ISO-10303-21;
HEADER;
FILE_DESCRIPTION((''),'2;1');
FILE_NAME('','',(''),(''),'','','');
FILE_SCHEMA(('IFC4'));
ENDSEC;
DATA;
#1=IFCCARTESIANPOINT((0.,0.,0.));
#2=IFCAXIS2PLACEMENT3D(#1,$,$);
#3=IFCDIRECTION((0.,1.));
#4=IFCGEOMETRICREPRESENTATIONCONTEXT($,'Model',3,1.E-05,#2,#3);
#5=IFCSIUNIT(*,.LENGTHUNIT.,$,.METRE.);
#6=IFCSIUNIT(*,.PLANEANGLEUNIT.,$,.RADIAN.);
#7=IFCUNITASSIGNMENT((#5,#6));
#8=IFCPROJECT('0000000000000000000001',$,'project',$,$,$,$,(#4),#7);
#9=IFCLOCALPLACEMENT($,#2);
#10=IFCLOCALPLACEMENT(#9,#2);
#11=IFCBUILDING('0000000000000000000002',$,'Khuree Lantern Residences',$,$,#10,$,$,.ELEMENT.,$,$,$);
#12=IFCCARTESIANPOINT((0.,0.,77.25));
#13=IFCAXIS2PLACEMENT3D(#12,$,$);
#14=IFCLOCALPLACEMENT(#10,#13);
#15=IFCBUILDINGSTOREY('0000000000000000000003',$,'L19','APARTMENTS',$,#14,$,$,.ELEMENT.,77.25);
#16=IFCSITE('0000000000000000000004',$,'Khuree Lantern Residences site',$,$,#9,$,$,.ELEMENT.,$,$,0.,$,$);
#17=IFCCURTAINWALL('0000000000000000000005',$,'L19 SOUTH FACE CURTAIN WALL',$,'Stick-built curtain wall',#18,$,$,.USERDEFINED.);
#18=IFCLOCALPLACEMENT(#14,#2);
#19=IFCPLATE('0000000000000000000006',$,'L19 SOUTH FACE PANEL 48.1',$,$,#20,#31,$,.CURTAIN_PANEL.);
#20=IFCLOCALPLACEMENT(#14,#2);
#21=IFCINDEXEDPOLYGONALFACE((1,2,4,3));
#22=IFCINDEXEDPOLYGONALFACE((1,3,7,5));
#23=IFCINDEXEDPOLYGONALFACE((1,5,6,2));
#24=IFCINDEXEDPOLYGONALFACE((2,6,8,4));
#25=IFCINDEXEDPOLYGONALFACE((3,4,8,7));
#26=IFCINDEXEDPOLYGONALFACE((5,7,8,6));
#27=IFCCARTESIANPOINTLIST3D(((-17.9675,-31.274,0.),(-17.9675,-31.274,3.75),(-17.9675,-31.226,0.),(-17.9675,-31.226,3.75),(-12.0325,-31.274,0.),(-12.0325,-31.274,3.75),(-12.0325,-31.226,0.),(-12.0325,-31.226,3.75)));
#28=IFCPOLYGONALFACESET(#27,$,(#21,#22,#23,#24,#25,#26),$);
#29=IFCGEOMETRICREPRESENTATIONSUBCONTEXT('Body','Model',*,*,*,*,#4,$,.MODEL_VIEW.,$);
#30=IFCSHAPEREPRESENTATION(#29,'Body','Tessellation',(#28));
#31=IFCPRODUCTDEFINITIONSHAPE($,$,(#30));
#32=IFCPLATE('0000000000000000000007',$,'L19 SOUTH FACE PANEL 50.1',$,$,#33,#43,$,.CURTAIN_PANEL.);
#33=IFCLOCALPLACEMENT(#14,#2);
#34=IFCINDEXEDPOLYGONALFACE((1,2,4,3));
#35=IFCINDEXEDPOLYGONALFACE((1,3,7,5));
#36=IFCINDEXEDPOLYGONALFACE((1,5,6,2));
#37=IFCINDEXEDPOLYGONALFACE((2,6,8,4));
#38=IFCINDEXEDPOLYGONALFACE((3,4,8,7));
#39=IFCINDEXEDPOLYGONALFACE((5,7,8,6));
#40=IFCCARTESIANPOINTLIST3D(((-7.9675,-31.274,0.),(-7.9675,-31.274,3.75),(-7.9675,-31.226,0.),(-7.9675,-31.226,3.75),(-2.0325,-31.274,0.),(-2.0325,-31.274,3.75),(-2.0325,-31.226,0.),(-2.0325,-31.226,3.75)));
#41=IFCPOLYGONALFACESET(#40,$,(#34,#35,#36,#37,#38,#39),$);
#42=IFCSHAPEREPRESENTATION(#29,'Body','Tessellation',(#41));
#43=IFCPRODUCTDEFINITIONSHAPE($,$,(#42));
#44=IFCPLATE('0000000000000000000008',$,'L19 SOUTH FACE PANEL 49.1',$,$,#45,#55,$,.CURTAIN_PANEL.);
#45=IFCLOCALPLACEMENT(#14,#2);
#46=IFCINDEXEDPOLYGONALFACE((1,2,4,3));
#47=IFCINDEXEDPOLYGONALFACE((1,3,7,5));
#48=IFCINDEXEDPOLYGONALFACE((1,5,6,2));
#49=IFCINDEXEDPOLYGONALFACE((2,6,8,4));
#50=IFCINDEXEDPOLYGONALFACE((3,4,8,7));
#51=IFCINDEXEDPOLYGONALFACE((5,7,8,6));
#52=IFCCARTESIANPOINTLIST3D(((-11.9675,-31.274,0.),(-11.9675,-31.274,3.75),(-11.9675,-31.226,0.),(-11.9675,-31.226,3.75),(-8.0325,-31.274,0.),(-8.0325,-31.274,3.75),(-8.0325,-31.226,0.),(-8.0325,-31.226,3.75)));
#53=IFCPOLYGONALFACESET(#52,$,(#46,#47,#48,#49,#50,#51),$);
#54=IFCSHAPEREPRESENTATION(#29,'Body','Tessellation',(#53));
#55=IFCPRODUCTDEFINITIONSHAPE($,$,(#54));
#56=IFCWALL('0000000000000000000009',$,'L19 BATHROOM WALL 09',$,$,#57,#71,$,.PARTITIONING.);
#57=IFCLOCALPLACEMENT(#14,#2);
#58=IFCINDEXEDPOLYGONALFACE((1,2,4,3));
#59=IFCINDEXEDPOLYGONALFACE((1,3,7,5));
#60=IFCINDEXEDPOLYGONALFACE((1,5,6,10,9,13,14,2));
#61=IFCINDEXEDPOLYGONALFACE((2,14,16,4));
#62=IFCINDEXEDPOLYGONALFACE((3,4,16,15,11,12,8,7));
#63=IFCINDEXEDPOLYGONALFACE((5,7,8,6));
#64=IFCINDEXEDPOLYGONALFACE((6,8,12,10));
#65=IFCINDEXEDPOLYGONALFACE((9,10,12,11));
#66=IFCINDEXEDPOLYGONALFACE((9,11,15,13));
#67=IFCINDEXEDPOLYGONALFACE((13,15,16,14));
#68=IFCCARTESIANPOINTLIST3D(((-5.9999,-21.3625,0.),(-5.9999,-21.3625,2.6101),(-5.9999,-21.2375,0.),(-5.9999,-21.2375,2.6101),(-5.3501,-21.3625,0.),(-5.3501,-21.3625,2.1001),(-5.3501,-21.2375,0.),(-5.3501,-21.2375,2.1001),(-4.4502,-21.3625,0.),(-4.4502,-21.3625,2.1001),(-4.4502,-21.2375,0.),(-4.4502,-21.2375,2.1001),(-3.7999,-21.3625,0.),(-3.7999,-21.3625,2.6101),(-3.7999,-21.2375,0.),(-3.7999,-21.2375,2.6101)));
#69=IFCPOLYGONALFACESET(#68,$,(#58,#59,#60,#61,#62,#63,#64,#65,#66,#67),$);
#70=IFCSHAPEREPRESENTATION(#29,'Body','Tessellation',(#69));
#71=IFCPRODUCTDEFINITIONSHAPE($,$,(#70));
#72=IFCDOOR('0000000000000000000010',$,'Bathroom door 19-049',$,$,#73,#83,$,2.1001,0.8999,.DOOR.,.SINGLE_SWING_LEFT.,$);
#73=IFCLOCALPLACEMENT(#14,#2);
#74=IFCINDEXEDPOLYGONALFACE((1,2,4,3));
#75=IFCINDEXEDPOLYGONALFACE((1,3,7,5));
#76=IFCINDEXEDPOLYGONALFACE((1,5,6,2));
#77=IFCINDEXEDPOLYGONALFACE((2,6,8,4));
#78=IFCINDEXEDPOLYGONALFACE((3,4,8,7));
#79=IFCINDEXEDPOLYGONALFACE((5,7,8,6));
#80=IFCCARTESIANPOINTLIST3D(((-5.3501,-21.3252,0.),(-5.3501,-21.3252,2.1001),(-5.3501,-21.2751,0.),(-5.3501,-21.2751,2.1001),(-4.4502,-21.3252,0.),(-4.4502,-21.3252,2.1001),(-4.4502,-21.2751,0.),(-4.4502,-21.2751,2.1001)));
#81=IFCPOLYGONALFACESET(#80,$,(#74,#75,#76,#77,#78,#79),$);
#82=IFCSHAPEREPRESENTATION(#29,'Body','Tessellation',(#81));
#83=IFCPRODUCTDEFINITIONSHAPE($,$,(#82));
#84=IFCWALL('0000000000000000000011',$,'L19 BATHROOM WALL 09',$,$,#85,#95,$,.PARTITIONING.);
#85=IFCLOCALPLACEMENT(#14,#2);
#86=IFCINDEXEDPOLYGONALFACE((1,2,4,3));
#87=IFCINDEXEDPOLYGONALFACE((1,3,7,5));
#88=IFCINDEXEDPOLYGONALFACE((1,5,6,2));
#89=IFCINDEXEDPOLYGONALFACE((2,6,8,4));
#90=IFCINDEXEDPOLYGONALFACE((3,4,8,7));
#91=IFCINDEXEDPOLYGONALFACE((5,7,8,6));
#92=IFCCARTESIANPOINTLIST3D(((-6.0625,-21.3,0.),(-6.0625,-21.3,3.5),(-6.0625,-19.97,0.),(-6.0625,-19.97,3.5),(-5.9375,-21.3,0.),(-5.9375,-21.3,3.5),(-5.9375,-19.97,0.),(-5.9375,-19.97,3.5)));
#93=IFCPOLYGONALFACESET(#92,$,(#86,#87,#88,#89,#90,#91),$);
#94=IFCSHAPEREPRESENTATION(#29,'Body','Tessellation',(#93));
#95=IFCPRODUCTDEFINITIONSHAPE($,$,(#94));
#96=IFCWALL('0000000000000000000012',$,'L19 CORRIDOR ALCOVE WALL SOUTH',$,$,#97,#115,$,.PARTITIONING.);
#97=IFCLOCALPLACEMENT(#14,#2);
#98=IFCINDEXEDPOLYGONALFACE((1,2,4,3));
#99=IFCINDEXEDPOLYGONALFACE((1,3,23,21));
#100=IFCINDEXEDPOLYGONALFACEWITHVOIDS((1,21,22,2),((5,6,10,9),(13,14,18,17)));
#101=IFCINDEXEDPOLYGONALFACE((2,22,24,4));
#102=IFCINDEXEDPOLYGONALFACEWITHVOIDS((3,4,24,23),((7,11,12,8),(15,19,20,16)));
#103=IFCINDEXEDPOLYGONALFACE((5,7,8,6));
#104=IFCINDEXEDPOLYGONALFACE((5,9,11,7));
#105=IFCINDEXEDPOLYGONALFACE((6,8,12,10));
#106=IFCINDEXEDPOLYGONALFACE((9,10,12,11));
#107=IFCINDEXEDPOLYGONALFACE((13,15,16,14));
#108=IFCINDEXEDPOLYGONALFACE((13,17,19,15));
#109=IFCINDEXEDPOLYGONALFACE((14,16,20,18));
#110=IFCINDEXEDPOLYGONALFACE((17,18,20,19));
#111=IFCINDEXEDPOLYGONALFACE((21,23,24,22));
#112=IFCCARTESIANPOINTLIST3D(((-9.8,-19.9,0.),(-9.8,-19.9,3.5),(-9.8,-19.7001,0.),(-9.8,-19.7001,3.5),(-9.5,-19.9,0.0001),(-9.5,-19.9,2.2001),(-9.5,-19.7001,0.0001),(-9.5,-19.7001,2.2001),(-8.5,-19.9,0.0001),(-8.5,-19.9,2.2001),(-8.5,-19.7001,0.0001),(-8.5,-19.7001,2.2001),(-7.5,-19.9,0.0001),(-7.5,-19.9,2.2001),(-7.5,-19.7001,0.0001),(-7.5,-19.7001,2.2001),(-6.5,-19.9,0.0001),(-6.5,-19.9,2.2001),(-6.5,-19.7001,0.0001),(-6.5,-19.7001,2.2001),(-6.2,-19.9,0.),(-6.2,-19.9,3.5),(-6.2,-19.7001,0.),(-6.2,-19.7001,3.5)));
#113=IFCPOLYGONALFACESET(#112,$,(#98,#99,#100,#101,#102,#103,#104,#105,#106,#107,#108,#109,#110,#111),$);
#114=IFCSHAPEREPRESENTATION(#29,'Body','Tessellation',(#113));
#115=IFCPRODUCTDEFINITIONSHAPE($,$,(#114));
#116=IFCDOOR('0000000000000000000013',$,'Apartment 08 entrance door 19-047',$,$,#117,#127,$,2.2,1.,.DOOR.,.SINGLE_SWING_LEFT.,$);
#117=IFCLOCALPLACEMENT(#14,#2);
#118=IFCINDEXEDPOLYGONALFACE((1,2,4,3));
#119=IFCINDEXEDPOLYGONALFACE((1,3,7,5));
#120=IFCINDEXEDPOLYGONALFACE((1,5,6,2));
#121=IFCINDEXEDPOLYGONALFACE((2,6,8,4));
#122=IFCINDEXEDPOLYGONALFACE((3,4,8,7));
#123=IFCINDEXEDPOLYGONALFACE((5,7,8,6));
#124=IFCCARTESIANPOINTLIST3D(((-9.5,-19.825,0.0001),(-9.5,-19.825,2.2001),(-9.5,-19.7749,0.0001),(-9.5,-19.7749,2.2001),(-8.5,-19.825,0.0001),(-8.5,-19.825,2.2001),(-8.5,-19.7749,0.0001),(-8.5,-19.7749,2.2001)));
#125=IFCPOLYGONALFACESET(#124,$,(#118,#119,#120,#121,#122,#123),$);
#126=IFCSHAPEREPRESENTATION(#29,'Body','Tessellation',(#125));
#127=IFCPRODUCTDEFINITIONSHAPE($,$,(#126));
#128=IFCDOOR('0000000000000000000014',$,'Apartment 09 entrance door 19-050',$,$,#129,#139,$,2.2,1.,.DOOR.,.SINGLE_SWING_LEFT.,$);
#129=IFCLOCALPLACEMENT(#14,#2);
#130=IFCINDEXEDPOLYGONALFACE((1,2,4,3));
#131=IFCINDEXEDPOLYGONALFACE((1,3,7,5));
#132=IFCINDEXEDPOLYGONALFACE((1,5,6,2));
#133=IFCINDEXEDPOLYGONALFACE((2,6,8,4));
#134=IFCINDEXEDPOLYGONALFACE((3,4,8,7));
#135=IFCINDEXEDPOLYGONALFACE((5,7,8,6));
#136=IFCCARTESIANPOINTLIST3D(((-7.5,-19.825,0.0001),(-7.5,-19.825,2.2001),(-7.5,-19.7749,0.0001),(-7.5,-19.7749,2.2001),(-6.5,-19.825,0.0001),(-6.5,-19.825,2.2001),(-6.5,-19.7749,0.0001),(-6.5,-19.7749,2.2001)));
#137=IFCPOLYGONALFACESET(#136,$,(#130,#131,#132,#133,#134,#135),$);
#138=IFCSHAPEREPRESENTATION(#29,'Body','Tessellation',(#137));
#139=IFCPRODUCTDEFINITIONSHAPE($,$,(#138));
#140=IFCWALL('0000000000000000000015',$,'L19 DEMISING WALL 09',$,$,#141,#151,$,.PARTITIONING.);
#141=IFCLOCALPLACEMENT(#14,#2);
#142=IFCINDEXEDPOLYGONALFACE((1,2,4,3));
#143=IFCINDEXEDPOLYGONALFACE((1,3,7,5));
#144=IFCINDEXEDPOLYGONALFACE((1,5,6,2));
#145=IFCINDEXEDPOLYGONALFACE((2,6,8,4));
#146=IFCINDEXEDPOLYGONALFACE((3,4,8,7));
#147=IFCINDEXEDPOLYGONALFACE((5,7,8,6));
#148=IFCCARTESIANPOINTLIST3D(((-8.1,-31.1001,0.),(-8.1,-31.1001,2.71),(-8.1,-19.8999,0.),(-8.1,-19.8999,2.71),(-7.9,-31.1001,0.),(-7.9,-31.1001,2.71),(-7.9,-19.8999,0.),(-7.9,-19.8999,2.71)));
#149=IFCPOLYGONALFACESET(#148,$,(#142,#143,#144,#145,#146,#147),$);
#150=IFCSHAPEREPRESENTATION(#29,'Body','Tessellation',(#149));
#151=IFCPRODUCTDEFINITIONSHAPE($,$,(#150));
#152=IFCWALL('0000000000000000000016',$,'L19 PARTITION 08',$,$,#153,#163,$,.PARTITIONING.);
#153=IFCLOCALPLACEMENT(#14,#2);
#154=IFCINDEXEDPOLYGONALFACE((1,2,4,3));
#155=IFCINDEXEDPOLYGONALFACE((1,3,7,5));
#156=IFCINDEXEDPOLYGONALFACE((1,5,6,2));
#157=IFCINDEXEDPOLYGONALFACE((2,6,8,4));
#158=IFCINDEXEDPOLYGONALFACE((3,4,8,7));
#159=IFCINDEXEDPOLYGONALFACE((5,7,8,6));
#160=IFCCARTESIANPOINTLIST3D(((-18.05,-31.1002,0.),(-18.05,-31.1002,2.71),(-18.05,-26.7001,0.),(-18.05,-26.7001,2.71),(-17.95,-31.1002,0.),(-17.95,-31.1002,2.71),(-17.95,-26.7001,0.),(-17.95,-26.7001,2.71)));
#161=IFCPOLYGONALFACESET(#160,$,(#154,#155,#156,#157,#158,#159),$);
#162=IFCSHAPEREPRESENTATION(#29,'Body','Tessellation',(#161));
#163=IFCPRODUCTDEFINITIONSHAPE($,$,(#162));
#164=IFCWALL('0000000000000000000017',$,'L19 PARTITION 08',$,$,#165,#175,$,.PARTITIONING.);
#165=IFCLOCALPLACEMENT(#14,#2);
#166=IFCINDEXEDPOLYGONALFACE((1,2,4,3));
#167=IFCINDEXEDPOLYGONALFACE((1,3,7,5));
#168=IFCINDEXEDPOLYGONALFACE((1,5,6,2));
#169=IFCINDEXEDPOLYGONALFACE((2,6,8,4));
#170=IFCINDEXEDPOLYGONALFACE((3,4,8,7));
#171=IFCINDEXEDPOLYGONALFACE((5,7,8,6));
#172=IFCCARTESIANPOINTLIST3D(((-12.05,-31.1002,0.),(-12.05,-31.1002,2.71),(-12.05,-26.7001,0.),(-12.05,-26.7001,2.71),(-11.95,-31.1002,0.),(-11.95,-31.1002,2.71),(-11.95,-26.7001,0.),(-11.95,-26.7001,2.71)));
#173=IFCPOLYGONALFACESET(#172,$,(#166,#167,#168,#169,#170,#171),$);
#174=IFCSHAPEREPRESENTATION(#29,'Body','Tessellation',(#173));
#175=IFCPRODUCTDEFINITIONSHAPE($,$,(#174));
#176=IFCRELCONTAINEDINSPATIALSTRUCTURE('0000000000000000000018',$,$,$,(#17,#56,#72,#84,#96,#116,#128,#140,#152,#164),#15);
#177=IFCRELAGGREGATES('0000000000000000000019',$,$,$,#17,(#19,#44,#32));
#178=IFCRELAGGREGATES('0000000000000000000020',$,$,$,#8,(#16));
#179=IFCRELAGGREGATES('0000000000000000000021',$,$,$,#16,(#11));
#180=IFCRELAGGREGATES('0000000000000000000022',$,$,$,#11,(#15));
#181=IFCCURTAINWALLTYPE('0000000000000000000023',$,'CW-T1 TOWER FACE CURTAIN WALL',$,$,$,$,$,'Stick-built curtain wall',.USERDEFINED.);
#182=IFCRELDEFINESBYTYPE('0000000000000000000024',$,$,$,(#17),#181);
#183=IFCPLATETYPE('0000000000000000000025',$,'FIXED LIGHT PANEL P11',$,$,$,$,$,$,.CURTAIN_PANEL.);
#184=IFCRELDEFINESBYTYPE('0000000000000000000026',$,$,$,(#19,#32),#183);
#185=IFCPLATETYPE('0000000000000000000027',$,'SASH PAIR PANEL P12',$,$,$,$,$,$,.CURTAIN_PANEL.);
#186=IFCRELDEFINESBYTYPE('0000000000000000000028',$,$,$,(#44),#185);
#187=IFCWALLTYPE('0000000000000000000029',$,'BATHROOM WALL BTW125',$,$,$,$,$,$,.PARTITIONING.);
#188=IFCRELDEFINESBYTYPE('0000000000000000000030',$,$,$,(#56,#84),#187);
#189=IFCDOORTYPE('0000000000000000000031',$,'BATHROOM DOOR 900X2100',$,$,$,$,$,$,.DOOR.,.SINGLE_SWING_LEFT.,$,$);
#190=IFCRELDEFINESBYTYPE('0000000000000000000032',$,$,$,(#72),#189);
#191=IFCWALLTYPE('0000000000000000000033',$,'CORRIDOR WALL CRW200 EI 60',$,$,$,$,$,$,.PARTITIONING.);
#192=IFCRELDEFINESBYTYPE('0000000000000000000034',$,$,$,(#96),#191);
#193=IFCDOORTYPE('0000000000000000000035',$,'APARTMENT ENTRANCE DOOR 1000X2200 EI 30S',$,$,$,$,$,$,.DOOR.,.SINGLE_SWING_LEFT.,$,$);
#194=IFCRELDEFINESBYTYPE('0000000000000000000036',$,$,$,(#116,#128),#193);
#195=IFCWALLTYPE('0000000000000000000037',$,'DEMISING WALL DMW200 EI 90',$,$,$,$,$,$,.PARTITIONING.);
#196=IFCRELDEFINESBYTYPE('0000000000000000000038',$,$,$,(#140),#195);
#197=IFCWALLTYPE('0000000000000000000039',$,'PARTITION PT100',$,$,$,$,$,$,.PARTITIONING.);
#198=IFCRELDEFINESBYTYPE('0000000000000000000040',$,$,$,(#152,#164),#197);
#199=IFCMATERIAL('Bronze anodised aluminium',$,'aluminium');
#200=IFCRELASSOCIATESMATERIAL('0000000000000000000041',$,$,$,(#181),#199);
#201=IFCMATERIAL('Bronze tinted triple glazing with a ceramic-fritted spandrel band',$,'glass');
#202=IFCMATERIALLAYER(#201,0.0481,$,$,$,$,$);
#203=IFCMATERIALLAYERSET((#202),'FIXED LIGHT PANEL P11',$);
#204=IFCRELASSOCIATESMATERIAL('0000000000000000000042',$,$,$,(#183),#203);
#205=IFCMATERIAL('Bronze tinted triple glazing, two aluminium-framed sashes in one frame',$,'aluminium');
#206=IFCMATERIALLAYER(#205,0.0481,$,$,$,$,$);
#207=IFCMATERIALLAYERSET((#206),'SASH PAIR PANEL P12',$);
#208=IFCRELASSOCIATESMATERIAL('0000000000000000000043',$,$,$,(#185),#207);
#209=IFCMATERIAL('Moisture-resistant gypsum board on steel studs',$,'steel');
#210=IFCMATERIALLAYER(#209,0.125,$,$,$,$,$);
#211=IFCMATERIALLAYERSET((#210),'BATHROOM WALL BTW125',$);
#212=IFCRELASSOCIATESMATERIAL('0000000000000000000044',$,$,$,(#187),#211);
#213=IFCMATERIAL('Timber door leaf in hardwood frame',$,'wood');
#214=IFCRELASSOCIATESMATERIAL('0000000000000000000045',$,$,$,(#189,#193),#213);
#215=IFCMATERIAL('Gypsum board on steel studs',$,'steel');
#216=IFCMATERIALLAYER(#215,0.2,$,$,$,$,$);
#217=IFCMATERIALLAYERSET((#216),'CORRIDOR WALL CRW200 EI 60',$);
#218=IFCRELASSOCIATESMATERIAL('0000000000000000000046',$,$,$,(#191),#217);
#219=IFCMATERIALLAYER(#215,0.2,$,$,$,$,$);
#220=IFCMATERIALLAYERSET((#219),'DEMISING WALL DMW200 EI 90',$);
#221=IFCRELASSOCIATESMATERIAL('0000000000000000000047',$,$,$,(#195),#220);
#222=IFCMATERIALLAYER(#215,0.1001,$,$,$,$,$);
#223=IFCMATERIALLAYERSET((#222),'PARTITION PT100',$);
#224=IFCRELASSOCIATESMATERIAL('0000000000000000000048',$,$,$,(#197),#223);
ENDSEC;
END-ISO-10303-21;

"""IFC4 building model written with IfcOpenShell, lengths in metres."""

from ifc_helpers import new_model, si_unit, direction, frame, frame_2d, origin, origin_2d, place, context, subcontext, project, spatial, rectangle, extrude, material, layer, layer_set, type_object, element, fill, aggregate, save


model = new_model("IFC4")

# Units and contexts
model_context = context("Model", 3, precision=1e-05, world=origin(), true_north=direction((0.0, 1.0)))
body_context = subcontext(model_context, "Body", "Model", "MODEL_VIEW")
ifc_project = project(units=[si_unit("LENGTHUNIT", "METRE"), si_unit("PLANEANGLEUNIT", "RADIAN")], contexts=[model_context])

# Site, building, storey
site_placement = place(None, origin())
site = spatial("IfcSite", under=ifc_project, at=site_placement, Name="Khuree Lantern Residences site", CompositionType="ELEMENT", RefElevation=0.0)
building_placement = place(site_placement, origin())
building = spatial("IfcBuilding", under=site, at=building_placement, Name="Khuree Lantern Residences", CompositionType="ELEMENT")
storey_placement = place(building_placement, frame((0.0, 0.0, 77.25)))
storey = spatial("IfcBuildingStorey", under=building, at=storey_placement, Name="L19", Description="APARTMENTS", CompositionType="ELEMENT", Elevation=77.25)

# Curtain wall
ifc_material_1 = material(Name="Bronze anodised aluminium", Category="aluminium")
curtain_wall_type = type_object("IfcCurtainWallType", Name="CW-T1 TOWER FACE CURTAIN WALL", ElementType="Stick-built curtain wall", PredefinedType="USERDEFINED", material=ifc_material_1)
curtain_wall_placement = place(storey_placement, origin())
curtain_wall = element("IfcCurtainWall", 1, at=curtain_wall_placement, inside=storey, type_object=curtain_wall_type, Name="L19 SOUTH FACE CURTAIN WALL", ObjectType="Stick-built curtain wall", PredefinedType="USERDEFINED")

# Plates
ifc_material_2 = material(Name="Bronze tinted triple glazing with a ceramic-fritted spandrel band", Category="glass")
ifc_layer_1 = layer(ifc_material_2, 0.0481)
ifc_layer_set_1 = layer_set([ifc_layer_1], Name="FIXED LIGHT PANEL P11")
plate_type_1 = type_object("IfcPlateType", Name="FIXED LIGHT PANEL P11", PredefinedType="CURTAIN_PANEL", material=ifc_layer_set_1)
plate_1_placement = place(storey_placement, frame((-15.0, -31.25, 0.0), z_axis=(0.0, 0.0, 1.0), x_axis=(1.0, 0.0, 0.0)))
plate_1 = element("IfcPlate", 2, at=plate_1_placement, type_object=plate_type_1, Name="L19 SOUTH FACE PANEL 48.1", PredefinedType="CURTAIN_PANEL", context=body_context, shape_type="SweptSolid", body=[
    extrude(rectangle(XDim=5.9351, YDim=0.0481, at=origin_2d()), origin(), (0.0, 0.0, 1.0), 3.75),
])
plate_2_placement = place(storey_placement, frame((-5.0, -31.25, 0.0), z_axis=(0.0, 0.0, 1.0), x_axis=(1.0, 0.0, 0.0)))
plate_2 = element("IfcPlate", 3, at=plate_2_placement, type_object=plate_type_1, Name="L19 SOUTH FACE PANEL 50.1", PredefinedType="CURTAIN_PANEL", context=body_context, shape_type="SweptSolid", body=[
    extrude(rectangle(XDim=5.9351, YDim=0.0481, at=origin_2d()), origin(), (0.0, 0.0, 1.0), 3.75),
])
ifc_material_3 = material(Name="Bronze tinted triple glazing, two aluminium-framed sashes in one frame", Category="aluminium")
ifc_layer_2 = layer(ifc_material_3, 0.0481)
ifc_layer_set_2 = layer_set([ifc_layer_2], Name="SASH PAIR PANEL P12")
plate_type_2 = type_object("IfcPlateType", Name="SASH PAIR PANEL P12", PredefinedType="CURTAIN_PANEL", material=ifc_layer_set_2)
plate_3_placement = place(storey_placement, frame((-10.0, -31.25, 0.0), z_axis=(0.0, 0.0, 1.0), x_axis=(1.0, 0.0, 0.0)))
plate_3 = element("IfcPlate", 4, at=plate_3_placement, type_object=plate_type_2, Name="L19 SOUTH FACE PANEL 49.1", PredefinedType="CURTAIN_PANEL", context=body_context, shape_type="SweptSolid", body=[
    extrude(rectangle(XDim=3.9351, YDim=0.0481, at=origin_2d()), origin(), (0.0, 0.0, 1.0), 3.75),
])
aggregate(curtain_wall, [plate_1, plate_3, plate_2])

# Wall, opening, door
ifc_material_4 = material(Name="Moisture-resistant gypsum board on steel studs", Category="steel")
ifc_layer_3 = layer(ifc_material_4, 0.125)
ifc_layer_set_3 = layer_set([ifc_layer_3], Name="BATHROOM WALL BTW125")
wall_type_1 = type_object("IfcWallType", Name="BATHROOM WALL BTW125", PredefinedType="PARTITIONING", material=ifc_layer_set_3)
wall_1_placement = place(storey_placement, frame((-6.0, -21.3, 0.0), z_axis=(0.0, 0.0, 1.0), x_axis=(1.0, 0.0, 0.0)))
wall_1 = element("IfcWall", 5, at=wall_1_placement, inside=storey, type_object=wall_type_1, Name="L19 BATHROOM WALL 09", PredefinedType="PARTITIONING", context=body_context, shape_type="SweptSolid", body=[
    extrude(rectangle(XDim=2.2, YDim=0.125, at=frame_2d((1.1001, 0.0))), origin(), (0.0, 0.0, 1.0), 2.6101),
])
opening_1_placement = place(wall_1_placement, frame((0.6499, 0.0, 0.0)))
opening_1 = element("IfcOpeningElement", 6, at=opening_1_placement, cuts=wall_1, PredefinedType="OPENING", context=body_context, shape_type="SweptSolid", body=[
    extrude(rectangle(XDim=0.8999, YDim=2.1001, at=frame_2d((0.45, 1.05))), frame((0.0, 0.0725, 0.0), z_axis=(0.0, -1.0, 0.0), x_axis=(1.0, 0.0, 0.0)), (0.0, 0.0, 1.0), 0.145),
])
ifc_material_5 = material(Name="Timber door leaf in hardwood frame", Category="wood")
door_type_1 = type_object("IfcDoorType", Name="BATHROOM DOOR 900X2100", OperationType="SINGLE_SWING_LEFT", PredefinedType="DOOR", material=ifc_material_5)
door_1_placement = place(opening_1_placement, origin())
door_1 = element("IfcDoor", 7, at=door_1_placement, inside=storey, type_object=door_type_1, Name="Bathroom door 19-049", OperationType="SINGLE_SWING_LEFT", OverallHeight=2.1001, OverallWidth=0.8999, PredefinedType="DOOR", context=body_context, shape_type="SweptSolid", body=[
    extrude(rectangle(XDim=0.8999, YDim=2.1001, at=frame_2d((0.45, 1.05))), frame((0.0, 0.0249, 0.0), z_axis=(0.0, -1.0, 0.0), x_axis=(1.0, 0.0, 0.0)), (0.0, 0.0, 1.0), 0.05),
])
fill(opening_1, door_1)

# Wall
wall_2_placement = place(storey_placement, frame((-6.0, -19.97, 0.0), z_axis=(0.0, 0.0, 1.0), x_axis=(0.0, -1.0, 0.0)))
element("IfcWall", 8, at=wall_2_placement, inside=storey, type_object=wall_type_1, Name="L19 BATHROOM WALL 09", PredefinedType="PARTITIONING", context=body_context, shape_type="SweptSolid", body=[
    extrude(rectangle(XDim=1.3301, YDim=0.125, at=frame_2d((0.665, 0.0))), origin(), (0.0, 0.0, 1.0), 3.5),
])

# Wall, openings, doors
ifc_material_6 = material(Name="Gypsum board on steel studs", Category="steel")
ifc_layer_4 = layer(ifc_material_6, 0.2)
ifc_layer_set_4 = layer_set([ifc_layer_4], Name="CORRIDOR WALL CRW200 EI 60")
wall_type_2 = type_object("IfcWallType", Name="CORRIDOR WALL CRW200 EI 60", PredefinedType="PARTITIONING", material=ifc_layer_set_4)
wall_3_placement = place(storey_placement, frame((-6.2, -19.8, 0.0), z_axis=(0.0, 0.0, 1.0), x_axis=(-1.0, 0.0, 0.0)))
wall_3 = element("IfcWall", 9, at=wall_3_placement, inside=storey, type_object=wall_type_2, Name="L19 CORRIDOR ALCOVE WALL SOUTH", PredefinedType="PARTITIONING", context=body_context, shape_type="SweptSolid", body=[
    extrude(rectangle(XDim=3.6001, YDim=0.2, at=frame_2d((1.8, 0.0))), origin(), (0.0, 0.0, 1.0), 3.5),
])
opening_2_placement = place(wall_3_placement, frame((2.3, 0.0, 0.0)))
opening_2 = element("IfcOpeningElement", 10, at=opening_2_placement, cuts=wall_3, PredefinedType="OPENING", context=body_context, shape_type="SweptSolid", body=[
    extrude(rectangle(XDim=1.0, YDim=2.2, at=frame_2d((0.5, 1.1001))), frame((0.0, 0.1099, 0.0), z_axis=(0.0, -1.0, 0.0), x_axis=(1.0, 0.0, 0.0)), (0.0, 0.0, 1.0), 0.22),
])
opening_3_placement = place(wall_3_placement, frame((0.3, 0.0, 0.0)))
opening_3 = element("IfcOpeningElement", 11, at=opening_3_placement, cuts=wall_3, PredefinedType="OPENING", context=body_context, shape_type="SweptSolid", body=[
    extrude(rectangle(XDim=1.0, YDim=2.2, at=frame_2d((0.5, 1.1001))), frame((0.0, 0.1099, 0.0), z_axis=(0.0, -1.0, 0.0), x_axis=(1.0, 0.0, 0.0)), (0.0, 0.0, 1.0), 0.22),
])
door_type_2 = type_object("IfcDoorType", Name="APARTMENT ENTRANCE DOOR 1000X2200 EI 30S", OperationType="SINGLE_SWING_LEFT", PredefinedType="DOOR", material=ifc_material_5)
door_2_placement = place(opening_2_placement, origin())
door_2 = element("IfcDoor", 12, at=door_2_placement, inside=storey, type_object=door_type_2, Name="Apartment 08 entrance door 19-047", OperationType="SINGLE_SWING_LEFT", OverallHeight=2.2, OverallWidth=1.0, PredefinedType="DOOR", context=body_context, shape_type="SweptSolid", body=[
    extrude(rectangle(XDim=1.0, YDim=2.2, at=frame_2d((0.5, 1.1001))), frame((0.0, 0.0249, 0.0), z_axis=(0.0, -1.0, 0.0), x_axis=(1.0, 0.0, 0.0)), (0.0, 0.0, 1.0), 0.05),
])
fill(opening_2, door_2)
door_3_placement = place(opening_3_placement, origin())
door_3 = element("IfcDoor", 13, at=door_3_placement, inside=storey, type_object=door_type_2, Name="Apartment 09 entrance door 19-050", OperationType="SINGLE_SWING_LEFT", OverallHeight=2.2, OverallWidth=1.0, PredefinedType="DOOR", context=body_context, shape_type="SweptSolid", body=[
    extrude(rectangle(XDim=1.0, YDim=2.2, at=frame_2d((0.5, 1.1001))), frame((0.0, 0.0249, 0.0), z_axis=(0.0, -1.0, 0.0), x_axis=(1.0, 0.0, 0.0)), (0.0, 0.0, 1.0), 0.05),
])
fill(opening_3, door_3)

# Walls
ifc_layer_5 = layer(ifc_material_6, 0.2)
ifc_layer_set_5 = layer_set([ifc_layer_5], Name="DEMISING WALL DMW200 EI 90")
wall_type_3 = type_object("IfcWallType", Name="DEMISING WALL DMW200 EI 90", PredefinedType="PARTITIONING", material=ifc_layer_set_5)
wall_4_placement = place(storey_placement, frame((-8.0, -19.8999, 0.0), z_axis=(0.0, 0.0, 1.0), x_axis=(0.0, -1.0, 0.0)))
element("IfcWall", 14, at=wall_4_placement, inside=storey, type_object=wall_type_3, Name="L19 DEMISING WALL 09", PredefinedType="PARTITIONING", context=body_context, shape_type="SweptSolid", body=[
    extrude(rectangle(XDim=11.2002, YDim=0.2, at=frame_2d((5.6001, 0.0))), origin(), (0.0, 0.0, 1.0), 2.71),
])
ifc_layer_6 = layer(ifc_material_6, 0.1001)
ifc_layer_set_6 = layer_set([ifc_layer_6], Name="PARTITION PT100")
wall_type_4 = type_object("IfcWallType", Name="PARTITION PT100", PredefinedType="PARTITIONING", material=ifc_layer_set_6)
for number, where, z_axis, x_axis, name in (
    (15, (-18.0, -26.7, 0.0), (0.0, 0.0, 1.0), (0.0, -1.0, 0.0), "L19 PARTITION 08"),
    (16, (-12.0, -26.7, 0.0), (0.0, 0.0, 1.0), (0.0, -1.0, 0.0), "L19 PARTITION 08"),
):
    element("IfcWall", number, at=place(storey_placement, frame(where, z_axis=z_axis, x_axis=x_axis)), inside=storey, type_object=wall_type_4, Name=name, PredefinedType="PARTITIONING", context=body_context, shape_type="SweptSolid", body=[
        extrude(rectangle(XDim=4.4001, YDim=0.1001, at=frame_2d((2.2002, 0.0))), origin(), (0.0, 0.0, 1.0), 2.71),
    ])

save(model, "model.ifc")
